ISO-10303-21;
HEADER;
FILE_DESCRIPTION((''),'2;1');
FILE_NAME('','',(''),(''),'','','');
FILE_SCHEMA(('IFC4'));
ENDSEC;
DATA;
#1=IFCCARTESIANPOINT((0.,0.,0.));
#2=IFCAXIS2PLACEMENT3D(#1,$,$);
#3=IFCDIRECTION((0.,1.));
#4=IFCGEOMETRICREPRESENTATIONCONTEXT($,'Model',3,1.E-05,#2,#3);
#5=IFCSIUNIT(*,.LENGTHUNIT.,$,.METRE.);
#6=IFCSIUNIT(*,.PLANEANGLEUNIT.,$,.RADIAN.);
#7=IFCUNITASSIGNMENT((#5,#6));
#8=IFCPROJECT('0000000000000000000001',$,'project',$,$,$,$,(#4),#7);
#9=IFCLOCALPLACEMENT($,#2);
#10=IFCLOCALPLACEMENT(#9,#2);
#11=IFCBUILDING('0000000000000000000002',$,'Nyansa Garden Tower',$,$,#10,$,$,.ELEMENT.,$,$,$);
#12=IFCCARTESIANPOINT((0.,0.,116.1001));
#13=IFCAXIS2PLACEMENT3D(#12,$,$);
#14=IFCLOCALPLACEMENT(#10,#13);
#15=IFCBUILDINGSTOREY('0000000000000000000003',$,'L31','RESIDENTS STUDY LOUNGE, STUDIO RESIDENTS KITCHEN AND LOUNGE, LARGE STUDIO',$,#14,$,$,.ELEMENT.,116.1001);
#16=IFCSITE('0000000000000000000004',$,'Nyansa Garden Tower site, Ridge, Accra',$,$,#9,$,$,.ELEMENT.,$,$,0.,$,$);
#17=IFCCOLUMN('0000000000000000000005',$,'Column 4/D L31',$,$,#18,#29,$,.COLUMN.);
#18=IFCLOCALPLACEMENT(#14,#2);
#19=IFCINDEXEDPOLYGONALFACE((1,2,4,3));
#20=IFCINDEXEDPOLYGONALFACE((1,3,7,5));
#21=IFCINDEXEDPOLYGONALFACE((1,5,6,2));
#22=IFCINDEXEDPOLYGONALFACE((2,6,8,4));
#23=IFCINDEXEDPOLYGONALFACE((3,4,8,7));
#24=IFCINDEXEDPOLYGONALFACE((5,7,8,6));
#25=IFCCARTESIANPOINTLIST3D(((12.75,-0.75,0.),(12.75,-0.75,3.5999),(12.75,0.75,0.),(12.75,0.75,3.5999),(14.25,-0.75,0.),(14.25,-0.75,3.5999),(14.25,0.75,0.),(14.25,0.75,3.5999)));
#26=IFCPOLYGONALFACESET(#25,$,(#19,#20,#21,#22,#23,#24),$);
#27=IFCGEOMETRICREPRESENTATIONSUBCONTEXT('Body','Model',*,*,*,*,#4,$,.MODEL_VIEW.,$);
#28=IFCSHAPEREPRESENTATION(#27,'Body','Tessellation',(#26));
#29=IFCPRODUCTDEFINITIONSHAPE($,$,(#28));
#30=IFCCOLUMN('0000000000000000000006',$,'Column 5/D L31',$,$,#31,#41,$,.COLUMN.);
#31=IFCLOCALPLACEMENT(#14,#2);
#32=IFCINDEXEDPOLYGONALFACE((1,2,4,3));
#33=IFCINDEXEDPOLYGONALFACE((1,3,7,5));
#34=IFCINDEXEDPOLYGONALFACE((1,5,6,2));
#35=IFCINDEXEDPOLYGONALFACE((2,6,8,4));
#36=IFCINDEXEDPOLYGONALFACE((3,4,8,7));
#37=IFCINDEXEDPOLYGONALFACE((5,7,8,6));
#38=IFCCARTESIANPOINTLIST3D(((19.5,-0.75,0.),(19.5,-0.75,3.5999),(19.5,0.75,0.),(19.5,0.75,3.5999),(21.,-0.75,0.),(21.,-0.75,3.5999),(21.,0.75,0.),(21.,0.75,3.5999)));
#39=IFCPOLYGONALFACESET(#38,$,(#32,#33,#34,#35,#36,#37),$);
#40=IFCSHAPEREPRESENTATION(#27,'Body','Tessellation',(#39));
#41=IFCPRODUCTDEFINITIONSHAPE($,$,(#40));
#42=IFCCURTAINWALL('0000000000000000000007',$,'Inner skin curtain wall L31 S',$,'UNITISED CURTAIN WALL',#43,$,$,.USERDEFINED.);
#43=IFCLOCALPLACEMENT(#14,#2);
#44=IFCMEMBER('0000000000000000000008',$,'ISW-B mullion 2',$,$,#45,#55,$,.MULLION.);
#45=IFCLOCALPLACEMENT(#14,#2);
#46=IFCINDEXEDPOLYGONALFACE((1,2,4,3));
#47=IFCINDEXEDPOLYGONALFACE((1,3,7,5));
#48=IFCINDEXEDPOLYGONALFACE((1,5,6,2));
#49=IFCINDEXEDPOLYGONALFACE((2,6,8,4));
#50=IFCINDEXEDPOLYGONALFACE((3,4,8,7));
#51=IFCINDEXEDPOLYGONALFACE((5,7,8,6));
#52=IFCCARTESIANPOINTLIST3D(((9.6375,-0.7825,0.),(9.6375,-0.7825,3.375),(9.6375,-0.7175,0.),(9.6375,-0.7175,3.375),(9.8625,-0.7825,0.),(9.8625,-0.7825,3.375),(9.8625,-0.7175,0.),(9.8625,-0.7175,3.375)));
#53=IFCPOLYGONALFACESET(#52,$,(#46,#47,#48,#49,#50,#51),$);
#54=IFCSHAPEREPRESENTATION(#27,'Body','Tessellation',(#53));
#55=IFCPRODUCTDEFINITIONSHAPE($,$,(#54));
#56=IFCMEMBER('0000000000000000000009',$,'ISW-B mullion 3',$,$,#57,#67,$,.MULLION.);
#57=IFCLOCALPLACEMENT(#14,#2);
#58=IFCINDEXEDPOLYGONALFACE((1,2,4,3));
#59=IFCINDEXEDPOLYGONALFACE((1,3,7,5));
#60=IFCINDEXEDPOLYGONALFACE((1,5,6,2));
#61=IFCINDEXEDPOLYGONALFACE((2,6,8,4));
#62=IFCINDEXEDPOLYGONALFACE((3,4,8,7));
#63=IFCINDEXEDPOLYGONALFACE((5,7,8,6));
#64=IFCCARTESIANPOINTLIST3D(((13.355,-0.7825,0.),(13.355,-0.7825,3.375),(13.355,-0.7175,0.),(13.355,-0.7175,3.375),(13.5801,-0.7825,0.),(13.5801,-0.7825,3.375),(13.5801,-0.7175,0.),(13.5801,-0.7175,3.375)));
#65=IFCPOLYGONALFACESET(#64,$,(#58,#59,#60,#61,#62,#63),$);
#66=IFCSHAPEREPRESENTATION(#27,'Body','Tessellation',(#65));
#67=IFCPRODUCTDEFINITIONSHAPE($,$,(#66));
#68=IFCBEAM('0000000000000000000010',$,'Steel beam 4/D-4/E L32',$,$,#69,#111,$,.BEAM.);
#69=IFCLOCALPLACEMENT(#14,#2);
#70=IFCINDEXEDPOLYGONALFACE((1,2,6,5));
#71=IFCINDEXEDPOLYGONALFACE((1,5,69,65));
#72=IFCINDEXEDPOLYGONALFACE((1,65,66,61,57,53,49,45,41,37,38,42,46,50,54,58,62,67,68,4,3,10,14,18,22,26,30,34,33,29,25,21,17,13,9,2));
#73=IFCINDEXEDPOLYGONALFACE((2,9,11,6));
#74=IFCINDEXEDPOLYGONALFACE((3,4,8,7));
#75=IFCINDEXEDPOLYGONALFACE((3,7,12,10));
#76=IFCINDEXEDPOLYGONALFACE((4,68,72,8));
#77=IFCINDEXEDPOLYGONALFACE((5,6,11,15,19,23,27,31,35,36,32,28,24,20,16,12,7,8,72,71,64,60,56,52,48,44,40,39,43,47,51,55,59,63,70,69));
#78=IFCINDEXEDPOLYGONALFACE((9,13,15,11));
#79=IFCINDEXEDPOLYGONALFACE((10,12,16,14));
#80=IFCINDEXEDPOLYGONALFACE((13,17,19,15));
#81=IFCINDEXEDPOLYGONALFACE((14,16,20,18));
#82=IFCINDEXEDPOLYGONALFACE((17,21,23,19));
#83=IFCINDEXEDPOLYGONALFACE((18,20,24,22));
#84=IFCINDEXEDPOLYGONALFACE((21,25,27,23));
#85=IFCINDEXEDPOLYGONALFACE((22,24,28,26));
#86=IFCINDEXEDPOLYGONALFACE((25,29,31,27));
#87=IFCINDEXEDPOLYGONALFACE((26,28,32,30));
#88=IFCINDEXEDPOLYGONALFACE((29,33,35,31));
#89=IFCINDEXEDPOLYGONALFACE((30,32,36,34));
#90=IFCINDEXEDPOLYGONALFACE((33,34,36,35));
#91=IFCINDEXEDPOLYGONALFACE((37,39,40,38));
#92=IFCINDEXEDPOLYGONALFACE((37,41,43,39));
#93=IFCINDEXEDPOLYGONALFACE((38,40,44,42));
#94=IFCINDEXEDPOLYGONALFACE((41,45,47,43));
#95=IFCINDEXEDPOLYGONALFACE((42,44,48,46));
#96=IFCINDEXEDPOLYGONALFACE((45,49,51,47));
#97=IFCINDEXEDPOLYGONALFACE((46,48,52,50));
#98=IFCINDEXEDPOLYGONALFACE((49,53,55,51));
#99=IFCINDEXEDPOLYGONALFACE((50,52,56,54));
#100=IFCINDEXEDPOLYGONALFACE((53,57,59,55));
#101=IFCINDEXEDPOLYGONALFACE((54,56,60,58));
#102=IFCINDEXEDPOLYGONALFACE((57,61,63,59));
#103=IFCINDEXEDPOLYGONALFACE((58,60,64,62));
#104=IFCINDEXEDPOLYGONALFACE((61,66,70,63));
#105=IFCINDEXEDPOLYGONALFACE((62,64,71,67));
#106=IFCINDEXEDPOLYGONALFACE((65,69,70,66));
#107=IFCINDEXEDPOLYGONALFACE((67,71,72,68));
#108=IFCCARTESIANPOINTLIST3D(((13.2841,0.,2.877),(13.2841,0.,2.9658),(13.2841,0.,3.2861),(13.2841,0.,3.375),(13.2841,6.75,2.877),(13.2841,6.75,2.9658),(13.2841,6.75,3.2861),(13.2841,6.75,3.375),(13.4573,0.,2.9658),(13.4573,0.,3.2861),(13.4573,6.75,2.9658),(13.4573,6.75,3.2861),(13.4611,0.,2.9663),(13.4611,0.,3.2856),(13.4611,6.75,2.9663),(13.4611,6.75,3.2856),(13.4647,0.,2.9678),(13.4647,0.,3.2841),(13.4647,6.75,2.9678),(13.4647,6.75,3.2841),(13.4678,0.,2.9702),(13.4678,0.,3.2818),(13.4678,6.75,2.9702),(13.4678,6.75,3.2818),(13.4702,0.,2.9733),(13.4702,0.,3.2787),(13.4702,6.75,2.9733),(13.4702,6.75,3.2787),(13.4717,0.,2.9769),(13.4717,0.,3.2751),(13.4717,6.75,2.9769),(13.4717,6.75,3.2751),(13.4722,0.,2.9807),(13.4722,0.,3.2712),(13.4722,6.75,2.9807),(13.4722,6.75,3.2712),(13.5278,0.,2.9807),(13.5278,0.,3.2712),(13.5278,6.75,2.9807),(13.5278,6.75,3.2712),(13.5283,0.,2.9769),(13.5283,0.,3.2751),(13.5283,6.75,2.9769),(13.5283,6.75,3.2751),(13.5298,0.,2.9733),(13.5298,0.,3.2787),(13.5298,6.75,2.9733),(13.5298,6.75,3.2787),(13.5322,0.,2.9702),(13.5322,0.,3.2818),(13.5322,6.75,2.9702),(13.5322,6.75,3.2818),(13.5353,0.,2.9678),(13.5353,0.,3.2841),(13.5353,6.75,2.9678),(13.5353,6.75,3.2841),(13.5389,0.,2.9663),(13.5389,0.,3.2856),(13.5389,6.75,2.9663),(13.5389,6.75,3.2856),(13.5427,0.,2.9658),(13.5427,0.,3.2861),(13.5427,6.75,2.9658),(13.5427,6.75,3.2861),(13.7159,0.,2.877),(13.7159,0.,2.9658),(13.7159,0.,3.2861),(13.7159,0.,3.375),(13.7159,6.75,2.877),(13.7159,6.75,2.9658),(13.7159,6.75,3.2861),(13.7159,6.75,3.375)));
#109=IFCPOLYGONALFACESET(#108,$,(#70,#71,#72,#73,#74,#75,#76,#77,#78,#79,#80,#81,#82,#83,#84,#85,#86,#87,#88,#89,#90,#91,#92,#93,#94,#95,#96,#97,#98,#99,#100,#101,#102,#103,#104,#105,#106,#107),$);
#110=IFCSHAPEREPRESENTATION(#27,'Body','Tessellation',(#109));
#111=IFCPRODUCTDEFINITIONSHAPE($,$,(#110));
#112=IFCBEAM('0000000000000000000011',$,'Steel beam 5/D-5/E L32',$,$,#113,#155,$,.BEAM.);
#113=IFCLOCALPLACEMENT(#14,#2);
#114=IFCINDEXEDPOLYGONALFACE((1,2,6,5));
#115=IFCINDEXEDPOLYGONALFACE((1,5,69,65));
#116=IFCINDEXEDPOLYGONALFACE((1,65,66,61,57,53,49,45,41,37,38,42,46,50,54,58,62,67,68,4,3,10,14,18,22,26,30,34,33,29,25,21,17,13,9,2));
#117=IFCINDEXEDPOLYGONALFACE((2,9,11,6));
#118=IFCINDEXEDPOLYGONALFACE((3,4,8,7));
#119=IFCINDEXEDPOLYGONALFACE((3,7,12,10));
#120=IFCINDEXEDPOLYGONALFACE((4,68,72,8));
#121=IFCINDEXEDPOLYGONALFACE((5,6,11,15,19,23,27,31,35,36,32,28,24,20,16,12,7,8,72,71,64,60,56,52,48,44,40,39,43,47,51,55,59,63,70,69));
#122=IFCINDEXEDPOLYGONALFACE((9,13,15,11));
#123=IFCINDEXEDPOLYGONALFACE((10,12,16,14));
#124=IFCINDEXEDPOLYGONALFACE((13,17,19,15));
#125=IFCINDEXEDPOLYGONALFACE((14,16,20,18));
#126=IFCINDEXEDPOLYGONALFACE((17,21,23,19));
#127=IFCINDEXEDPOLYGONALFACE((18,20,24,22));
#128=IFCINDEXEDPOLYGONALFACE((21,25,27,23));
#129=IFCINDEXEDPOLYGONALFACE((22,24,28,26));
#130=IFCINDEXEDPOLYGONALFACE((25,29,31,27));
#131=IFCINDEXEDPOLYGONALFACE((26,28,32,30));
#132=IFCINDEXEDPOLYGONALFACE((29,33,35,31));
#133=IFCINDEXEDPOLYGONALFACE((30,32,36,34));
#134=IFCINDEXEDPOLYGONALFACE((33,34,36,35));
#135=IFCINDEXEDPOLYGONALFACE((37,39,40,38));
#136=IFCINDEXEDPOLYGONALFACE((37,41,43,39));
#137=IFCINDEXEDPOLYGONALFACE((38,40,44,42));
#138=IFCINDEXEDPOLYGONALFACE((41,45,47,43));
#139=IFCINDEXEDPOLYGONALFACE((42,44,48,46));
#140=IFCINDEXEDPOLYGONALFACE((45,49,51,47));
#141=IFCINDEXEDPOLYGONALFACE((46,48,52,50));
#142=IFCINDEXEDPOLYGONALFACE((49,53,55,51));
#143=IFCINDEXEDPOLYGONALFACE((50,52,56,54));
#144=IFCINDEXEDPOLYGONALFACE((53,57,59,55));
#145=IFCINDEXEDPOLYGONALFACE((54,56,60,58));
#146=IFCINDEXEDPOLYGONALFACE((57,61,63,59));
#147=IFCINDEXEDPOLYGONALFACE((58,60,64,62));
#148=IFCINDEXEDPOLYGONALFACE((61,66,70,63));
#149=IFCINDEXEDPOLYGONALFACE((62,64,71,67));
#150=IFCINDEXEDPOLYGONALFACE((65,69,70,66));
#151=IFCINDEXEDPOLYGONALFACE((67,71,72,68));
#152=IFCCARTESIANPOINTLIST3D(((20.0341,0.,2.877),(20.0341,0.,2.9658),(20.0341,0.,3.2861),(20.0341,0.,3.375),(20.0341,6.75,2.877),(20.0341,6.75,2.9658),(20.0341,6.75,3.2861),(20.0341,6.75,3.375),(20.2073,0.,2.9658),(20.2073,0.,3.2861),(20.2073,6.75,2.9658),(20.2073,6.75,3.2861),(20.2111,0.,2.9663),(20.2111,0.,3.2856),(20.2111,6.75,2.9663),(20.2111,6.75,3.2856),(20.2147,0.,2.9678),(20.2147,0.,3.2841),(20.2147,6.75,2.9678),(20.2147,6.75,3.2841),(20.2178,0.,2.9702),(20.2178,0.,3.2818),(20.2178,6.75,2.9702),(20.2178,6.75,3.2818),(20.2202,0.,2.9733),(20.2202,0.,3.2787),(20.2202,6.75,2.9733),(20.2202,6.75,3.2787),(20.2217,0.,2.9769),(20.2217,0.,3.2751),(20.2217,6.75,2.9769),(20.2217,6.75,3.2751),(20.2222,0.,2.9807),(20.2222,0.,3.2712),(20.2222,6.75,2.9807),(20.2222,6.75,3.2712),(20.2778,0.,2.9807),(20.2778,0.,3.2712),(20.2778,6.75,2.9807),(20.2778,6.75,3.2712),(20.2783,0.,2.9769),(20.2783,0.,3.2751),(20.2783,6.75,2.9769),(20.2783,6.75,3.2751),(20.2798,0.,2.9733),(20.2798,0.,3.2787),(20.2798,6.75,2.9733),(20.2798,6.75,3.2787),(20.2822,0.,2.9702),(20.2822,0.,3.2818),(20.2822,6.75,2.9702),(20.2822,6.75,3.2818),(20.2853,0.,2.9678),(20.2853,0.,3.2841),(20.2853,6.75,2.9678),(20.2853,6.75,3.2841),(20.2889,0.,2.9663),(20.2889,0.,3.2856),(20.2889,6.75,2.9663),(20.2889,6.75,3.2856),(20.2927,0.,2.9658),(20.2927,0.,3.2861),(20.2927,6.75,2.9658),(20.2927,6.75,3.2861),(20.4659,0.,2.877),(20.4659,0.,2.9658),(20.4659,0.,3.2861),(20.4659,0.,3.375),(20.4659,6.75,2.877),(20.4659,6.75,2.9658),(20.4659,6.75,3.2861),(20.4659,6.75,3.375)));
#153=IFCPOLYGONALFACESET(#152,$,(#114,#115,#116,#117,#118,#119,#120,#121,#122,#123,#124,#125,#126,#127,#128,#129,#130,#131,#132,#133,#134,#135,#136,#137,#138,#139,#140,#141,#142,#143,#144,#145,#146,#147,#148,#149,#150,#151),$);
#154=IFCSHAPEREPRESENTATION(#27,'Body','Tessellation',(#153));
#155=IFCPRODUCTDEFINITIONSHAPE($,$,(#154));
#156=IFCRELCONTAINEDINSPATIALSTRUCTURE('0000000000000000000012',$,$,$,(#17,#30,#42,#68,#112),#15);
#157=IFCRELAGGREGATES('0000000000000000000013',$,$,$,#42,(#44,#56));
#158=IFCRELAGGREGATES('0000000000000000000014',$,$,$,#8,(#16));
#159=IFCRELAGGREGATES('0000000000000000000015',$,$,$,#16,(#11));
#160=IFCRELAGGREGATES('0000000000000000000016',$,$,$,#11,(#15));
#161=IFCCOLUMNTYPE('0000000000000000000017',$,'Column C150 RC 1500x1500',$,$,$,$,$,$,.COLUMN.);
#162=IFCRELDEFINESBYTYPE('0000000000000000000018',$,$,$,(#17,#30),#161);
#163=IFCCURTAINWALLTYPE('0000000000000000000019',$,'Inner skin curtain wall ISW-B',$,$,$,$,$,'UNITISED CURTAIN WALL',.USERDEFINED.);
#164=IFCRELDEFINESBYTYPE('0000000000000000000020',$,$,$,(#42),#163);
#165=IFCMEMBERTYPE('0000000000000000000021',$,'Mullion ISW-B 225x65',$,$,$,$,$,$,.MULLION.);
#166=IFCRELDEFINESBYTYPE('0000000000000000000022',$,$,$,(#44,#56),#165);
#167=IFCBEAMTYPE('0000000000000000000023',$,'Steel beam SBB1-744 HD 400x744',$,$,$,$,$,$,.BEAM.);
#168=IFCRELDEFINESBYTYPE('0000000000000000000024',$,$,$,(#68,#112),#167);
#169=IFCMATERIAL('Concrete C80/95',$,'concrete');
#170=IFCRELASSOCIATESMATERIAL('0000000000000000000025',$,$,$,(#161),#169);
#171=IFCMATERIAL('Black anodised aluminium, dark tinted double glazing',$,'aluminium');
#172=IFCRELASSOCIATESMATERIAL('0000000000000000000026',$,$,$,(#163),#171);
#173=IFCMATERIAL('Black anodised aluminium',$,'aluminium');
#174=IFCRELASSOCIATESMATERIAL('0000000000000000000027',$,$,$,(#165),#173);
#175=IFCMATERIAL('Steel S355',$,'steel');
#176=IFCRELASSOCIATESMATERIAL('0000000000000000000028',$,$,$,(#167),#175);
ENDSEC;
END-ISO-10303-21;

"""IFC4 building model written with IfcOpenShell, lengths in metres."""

from ifc_helpers import new_model, si_unit, direction, frame, origin, origin_2d, place, context, subcontext, project, spatial, rectangle, i_section, extrude, material, material_profile, profile_set, type_object, element, aggregate, save


model = new_model("IFC4")

# Units and contexts
model_context = context("Model", 3, precision=1e-05, world=origin(), true_north=direction((0.0, 1.0)))
body_context = subcontext(model_context, "Body", "Model", "MODEL_VIEW")
ifc_project = project(units=[si_unit("LENGTHUNIT", "METRE"), si_unit("PLANEANGLEUNIT", "RADIAN")], contexts=[model_context])

# Site, building, storey
site_placement = place(None, origin())
site = spatial("IfcSite", under=ifc_project, at=site_placement, Name="Nyansa Garden Tower site, Ridge, Accra", CompositionType="ELEMENT", RefElevation=0.0)
building_placement = place(site_placement, origin())
building = spatial("IfcBuilding", under=site, at=building_placement, Name="Nyansa Garden Tower", CompositionType="ELEMENT")
storey_placement = place(building_placement, frame((0.0, 0.0, 116.1001)))
storey = spatial("IfcBuildingStorey", under=building, at=storey_placement, Name="L31", Description="RESIDENTS STUDY LOUNGE, STUDIO RESIDENTS KITCHEN AND LOUNGE, LARGE STUDIO", CompositionType="ELEMENT", Elevation=116.1001)

# Columns
ifc_material_1 = material(Name="Concrete C80/95", Category="concrete")
ifc_material_profile_1 = material_profile(ifc_material_1, rectangle(XDim=1.5, YDim=1.5, at=origin_2d()), Name="RC 1500x1500")
ifc_profile_set_1 = profile_set([ifc_material_profile_1], Name="Concrete C80/95")
column_type = type_object("IfcColumnType", Name="Column C150 RC 1500x1500", PredefinedType="COLUMN", material=ifc_profile_set_1)
for number, where, z_axis, x_axis, name in (
    (1, (13.5, 0.0, 0.0), (0.0, 0.0, 1.0), (1.0, 0.0, 0.0), "Column 4/D L31"),
    (2, (20.25, 0.0, 0.0), (0.0, 0.0, 1.0), (1.0, 0.0, 0.0), "Column 5/D L31"),
):
    element("IfcColumn", number, at=place(storey_placement, frame(where, z_axis=z_axis, x_axis=x_axis)), inside=storey, type_object=column_type, Name=name, PredefinedType="COLUMN", context=body_context, shape_type="SweptSolid", body=[
        extrude(rectangle(XDim=1.5, YDim=1.5, at=origin_2d()), origin(), (0.0, 0.0, 1.0), 3.5999),
    ])

# Curtain wall, members
ifc_material_2 = material(Name="Black anodised aluminium, dark tinted double glazing", Category="aluminium")
curtain_wall_type = type_object("IfcCurtainWallType", Name="Inner skin curtain wall ISW-B", ElementType="UNITISED CURTAIN WALL", PredefinedType="USERDEFINED", material=ifc_material_2)
curtain_wall_placement = place(storey_placement, origin())
curtain_wall = element("IfcCurtainWall", 3, at=curtain_wall_placement, inside=storey, type_object=curtain_wall_type, Name="Inner skin curtain wall L31 S", ObjectType="UNITISED CURTAIN WALL", PredefinedType="USERDEFINED")
ifc_material_3 = material(Name="Black anodised aluminium", Category="aluminium")
ifc_material_profile_2 = material_profile(ifc_material_3, rectangle(XDim=0.0649, YDim=0.2251, at=origin_2d()), Name="Mullion 225x65")
ifc_profile_set_2 = profile_set([ifc_material_profile_2], Name="Black anodised aluminium")
member_type_1 = type_object("IfcMemberType", Name="Mullion ISW-B 225x65", PredefinedType="MULLION", material=ifc_profile_set_2)
member_1_placement = place(storey_placement, frame((9.75, -0.75, 0.0), z_axis=(0.0, 0.0, 1.0), x_axis=(0.0, 1.0, 0.0)))
member_1 = element("IfcMember", 4, at=member_1_placement, type_object=member_type_1, Name="ISW-B mullion 2", PredefinedType="MULLION", context=body_context, shape_type="SweptSolid", body=[
    extrude(rectangle(XDim=0.0649, YDim=0.2251, at=origin_2d()), origin(), (0.0, 0.0, 1.0), 3.375),
])
member_2_placement = place(storey_placement, frame((13.4675, -0.75, 0.0), z_axis=(0.0, 0.0, 1.0), x_axis=(0.0, 1.0, 0.0)))
member_2 = element("IfcMember", 5, at=member_2_placement, type_object=member_type_1, Name="ISW-B mullion 3", PredefinedType="MULLION", context=body_context, shape_type="SweptSolid", body=[
    extrude(rectangle(XDim=0.0649, YDim=0.2251, at=origin_2d()), origin(), (0.0, 0.0, 1.0), 3.375),
])

# Beams
ifc_material_4 = material(Name="Steel S355", Category="steel")
ifc_material_profile_3 = material_profile(ifc_material_4, i_section(OverallWidth=0.4319, OverallDepth=0.498, WebThickness=0.0557, FlangeThickness=0.0889, FilletRadius=0.0149, at=origin_2d()), Name="HD 400x744")
ifc_profile_set_3 = profile_set([ifc_material_profile_3], Name="Steel S355")
beam_type_1 = type_object("IfcBeamType", Name="Steel beam SBB1-744 HD 400x744", PredefinedType="BEAM", material=ifc_profile_set_3)
for number, where, z_axis, x_axis, name in (
    (6, (13.5, 0.0, 3.126), (0.0, 1.0, 0.0), (-1.0, 0.0, 0.0), "Steel beam 4/D-4/E L32"),
    (7, (20.25, 0.0, 3.126), (0.0, 1.0, 0.0), (-1.0, 0.0, 0.0), "Steel beam 5/D-5/E L32"),
):
    element("IfcBeam", number, at=place(storey_placement, frame(where, z_axis=z_axis, x_axis=x_axis)), inside=storey, type_object=beam_type_1, Name=name, PredefinedType="BEAM", context=body_context, shape_type="SweptSolid", body=[
        extrude(i_section(OverallWidth=0.4319, OverallDepth=0.498, WebThickness=0.0557, FlangeThickness=0.0889, FilletRadius=0.0149, at=origin_2d()), origin(), (0.0, 0.0, 1.0), 6.75),
    ])

aggregate(curtain_wall, [member_1, member_2])

save(model, "model.ifc")
